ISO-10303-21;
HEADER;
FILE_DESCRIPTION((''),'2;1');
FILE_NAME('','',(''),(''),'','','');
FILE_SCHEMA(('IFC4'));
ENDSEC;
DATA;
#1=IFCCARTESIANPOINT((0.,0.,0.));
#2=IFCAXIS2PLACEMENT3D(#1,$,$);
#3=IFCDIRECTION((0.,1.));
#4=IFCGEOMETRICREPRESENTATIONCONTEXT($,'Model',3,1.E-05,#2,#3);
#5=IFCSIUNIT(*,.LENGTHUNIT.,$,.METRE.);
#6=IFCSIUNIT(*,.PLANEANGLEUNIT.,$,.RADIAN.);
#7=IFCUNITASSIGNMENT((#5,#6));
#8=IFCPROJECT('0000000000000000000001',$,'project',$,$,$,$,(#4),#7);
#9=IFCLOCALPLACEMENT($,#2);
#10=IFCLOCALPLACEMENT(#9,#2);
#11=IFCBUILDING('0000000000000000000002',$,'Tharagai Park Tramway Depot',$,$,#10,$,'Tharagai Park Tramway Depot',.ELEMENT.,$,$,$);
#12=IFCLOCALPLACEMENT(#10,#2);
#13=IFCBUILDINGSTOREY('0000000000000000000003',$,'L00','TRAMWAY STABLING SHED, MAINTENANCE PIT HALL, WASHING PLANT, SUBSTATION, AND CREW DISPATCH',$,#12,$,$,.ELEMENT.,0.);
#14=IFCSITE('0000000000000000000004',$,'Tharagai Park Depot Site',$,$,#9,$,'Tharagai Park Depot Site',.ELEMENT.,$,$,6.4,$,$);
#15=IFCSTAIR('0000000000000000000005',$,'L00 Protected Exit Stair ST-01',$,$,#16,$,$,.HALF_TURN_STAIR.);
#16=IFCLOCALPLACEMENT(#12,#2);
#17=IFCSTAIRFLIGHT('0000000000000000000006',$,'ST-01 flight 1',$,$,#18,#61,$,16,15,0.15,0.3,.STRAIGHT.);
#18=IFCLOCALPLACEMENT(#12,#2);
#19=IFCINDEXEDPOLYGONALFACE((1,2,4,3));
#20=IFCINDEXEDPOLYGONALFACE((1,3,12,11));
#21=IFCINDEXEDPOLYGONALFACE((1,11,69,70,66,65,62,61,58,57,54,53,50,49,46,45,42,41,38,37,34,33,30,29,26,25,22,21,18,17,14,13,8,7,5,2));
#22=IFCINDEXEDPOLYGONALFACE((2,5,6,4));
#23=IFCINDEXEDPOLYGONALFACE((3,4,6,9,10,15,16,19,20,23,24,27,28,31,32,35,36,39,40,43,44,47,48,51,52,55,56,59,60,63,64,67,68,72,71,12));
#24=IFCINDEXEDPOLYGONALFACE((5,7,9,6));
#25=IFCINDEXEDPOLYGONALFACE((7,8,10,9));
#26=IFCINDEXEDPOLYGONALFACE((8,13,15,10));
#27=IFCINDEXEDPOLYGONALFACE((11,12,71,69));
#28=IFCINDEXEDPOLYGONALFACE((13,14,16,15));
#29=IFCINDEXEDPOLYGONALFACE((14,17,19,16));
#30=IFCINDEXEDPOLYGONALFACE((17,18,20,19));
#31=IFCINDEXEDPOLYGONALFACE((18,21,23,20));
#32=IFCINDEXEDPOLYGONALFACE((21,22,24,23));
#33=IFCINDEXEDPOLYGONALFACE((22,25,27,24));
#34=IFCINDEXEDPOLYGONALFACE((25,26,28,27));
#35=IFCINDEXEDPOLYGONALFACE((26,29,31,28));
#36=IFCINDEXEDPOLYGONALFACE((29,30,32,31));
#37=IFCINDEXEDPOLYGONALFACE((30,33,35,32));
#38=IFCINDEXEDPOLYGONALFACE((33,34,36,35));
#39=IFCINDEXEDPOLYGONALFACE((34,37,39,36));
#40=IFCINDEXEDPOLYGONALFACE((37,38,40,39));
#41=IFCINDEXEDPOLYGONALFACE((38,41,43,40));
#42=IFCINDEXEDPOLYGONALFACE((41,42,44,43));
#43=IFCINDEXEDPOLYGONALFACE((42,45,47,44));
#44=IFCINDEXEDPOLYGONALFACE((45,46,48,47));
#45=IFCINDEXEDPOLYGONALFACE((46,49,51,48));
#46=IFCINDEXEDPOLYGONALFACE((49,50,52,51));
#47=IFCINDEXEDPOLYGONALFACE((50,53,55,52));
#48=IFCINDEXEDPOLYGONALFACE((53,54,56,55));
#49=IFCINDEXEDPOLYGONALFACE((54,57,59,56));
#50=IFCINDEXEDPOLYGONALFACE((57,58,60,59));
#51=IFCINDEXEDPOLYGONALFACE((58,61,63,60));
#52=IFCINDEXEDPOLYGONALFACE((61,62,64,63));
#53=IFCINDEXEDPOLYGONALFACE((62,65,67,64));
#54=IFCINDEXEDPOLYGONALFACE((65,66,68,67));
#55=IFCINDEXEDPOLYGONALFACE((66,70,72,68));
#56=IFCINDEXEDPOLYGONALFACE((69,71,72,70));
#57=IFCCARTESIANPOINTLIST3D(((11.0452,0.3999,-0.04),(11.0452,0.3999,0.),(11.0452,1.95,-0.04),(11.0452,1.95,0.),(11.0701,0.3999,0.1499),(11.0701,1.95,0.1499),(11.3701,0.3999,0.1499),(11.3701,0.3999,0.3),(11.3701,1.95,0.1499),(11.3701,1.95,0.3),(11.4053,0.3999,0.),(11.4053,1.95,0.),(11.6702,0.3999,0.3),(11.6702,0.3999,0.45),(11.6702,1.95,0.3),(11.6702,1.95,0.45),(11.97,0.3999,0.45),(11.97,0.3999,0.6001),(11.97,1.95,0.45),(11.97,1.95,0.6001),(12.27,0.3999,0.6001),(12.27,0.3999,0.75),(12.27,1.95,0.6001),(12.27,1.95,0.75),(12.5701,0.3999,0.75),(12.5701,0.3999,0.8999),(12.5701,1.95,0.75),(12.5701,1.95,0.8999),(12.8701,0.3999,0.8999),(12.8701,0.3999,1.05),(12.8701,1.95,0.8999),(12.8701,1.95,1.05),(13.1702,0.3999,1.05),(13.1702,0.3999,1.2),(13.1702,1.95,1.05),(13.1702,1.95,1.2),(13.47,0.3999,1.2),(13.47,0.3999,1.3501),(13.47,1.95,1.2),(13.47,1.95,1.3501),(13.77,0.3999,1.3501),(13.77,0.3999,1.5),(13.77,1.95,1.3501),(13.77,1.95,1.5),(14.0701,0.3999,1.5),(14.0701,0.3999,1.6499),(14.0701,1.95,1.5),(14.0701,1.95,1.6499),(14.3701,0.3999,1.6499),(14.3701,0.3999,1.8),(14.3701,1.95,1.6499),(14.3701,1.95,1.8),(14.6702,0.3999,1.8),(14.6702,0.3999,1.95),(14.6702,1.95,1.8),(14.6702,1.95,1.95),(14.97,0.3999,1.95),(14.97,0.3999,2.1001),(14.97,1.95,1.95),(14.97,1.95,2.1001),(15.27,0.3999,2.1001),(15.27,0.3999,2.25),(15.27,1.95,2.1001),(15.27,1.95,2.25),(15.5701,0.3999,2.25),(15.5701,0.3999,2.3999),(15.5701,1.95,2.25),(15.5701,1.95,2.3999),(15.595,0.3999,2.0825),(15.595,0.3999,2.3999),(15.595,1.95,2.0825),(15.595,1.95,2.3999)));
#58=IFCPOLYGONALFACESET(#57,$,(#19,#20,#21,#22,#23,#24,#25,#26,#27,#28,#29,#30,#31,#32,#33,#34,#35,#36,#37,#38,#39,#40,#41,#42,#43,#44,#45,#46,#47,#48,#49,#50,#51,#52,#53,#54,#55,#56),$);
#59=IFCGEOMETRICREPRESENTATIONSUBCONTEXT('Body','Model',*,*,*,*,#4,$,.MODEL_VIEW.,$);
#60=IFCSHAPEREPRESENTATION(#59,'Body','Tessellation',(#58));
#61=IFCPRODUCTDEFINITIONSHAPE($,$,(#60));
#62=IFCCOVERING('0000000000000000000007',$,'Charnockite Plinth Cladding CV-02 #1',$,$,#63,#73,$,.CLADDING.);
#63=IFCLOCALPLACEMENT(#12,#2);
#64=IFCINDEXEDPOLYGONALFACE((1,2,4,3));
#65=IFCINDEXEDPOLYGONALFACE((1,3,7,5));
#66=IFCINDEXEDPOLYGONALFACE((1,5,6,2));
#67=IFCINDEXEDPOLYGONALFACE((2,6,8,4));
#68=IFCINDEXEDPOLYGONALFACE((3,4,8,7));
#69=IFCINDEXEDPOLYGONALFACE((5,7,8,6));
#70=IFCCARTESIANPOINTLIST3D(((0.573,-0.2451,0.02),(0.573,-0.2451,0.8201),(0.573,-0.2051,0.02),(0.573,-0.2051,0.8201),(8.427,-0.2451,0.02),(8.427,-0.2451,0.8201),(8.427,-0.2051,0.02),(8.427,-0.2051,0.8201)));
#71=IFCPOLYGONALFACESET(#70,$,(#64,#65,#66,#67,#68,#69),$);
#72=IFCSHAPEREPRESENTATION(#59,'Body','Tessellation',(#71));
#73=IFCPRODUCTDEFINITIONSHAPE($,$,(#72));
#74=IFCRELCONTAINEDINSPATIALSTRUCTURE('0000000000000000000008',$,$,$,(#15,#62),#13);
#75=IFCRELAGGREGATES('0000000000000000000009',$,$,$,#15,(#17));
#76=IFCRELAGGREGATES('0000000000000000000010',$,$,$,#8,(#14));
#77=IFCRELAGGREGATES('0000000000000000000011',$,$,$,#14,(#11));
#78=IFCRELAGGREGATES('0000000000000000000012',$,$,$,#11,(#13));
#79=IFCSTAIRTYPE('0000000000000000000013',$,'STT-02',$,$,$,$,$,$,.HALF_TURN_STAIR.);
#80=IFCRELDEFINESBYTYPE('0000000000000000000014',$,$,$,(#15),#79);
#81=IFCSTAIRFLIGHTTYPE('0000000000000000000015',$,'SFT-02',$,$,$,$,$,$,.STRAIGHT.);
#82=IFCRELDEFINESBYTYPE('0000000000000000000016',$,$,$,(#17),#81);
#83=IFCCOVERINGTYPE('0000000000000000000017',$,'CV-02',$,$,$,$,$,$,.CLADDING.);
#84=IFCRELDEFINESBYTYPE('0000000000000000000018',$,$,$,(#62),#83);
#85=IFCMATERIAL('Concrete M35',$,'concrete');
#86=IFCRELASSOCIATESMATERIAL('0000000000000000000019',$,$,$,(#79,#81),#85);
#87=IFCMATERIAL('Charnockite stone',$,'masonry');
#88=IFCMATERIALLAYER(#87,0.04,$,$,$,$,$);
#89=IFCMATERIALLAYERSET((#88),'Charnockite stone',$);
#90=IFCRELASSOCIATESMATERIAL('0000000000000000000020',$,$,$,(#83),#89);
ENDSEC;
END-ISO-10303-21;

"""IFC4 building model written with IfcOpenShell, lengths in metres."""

from ifc_helpers import new_model, si_unit, direction, frame, origin, origin_2d, place, context, subcontext, project, spatial, polyline, rectangle, outline, extrude, material, layer, layer_set, type_object, element, aggregate, save


model = new_model("IFC4")

# Units and contexts
model_context = context("Model", 3, precision=1e-05, world=origin(), true_north=direction((0.0, 1.0)))
body_context = subcontext(model_context, "Body", "Model", "MODEL_VIEW")
ifc_project = project(units=[si_unit("LENGTHUNIT", "METRE"), si_unit("PLANEANGLEUNIT", "RADIAN")], contexts=[model_context])

# Site, building, storey
site_placement = place(None, origin())
site = spatial("IfcSite", under=ifc_project, at=site_placement, Name="Tharagai Park Depot Site", LongName="Tharagai Park Depot Site", CompositionType="ELEMENT", RefElevation=6.4)
building_placement = place(site_placement, origin())
building = spatial("IfcBuilding", under=site, at=building_placement, Name="Tharagai Park Tramway Depot", LongName="Tharagai Park Tramway Depot", CompositionType="ELEMENT")
storey_placement = place(building_placement, origin())
storey = spatial("IfcBuildingStorey", under=building, at=storey_placement, Name="L00", Description="TRAMWAY STABLING SHED, MAINTENANCE PIT HALL, WASHING PLANT, SUBSTATION, AND CREW DISPATCH", CompositionType="ELEMENT", Elevation=0.0)

# Shared definitions
ifc_material_1 = material(Name="Concrete M35", Category="concrete")

# Shared definitions
ifc_material_2 = material(Name="Charnockite stone", Category="masonry")

# Stair, stair flight
stair_type = type_object("IfcStairType", Name="STT-02", PredefinedType="HALF_TURN_STAIR", material=ifc_material_1)
stair_placement = place(storey_placement, origin())
stair = element("IfcStair", 1, at=stair_placement, inside=storey, type_object=stair_type, Name="L00 Protected Exit Stair ST-01", PredefinedType="HALF_TURN_STAIR")
stair_flight_type = type_object("IfcStairFlightType", Name="SFT-02", PredefinedType="STRAIGHT", material=ifc_material_1)
stair_flight_placement = place(storey_placement, frame((11.0701, 1.175, 0.0), z_axis=(0.0, 0.0, 1.0), x_axis=(1.0, 0.0, 0.0)))
stair_flight = element("IfcStairFlight", 2, at=stair_flight_placement, type_object=stair_flight_type, Name="ST-01 flight 1", NumberOfRisers=16, NumberOfTreads=15, PredefinedType="STRAIGHT", RiserHeight=0.15, TreadLength=0.3, context=body_context, shape_type="SweptSolid", body=[
    extrude(outline(polyline([(-0.0249, 0.0), (0.0, 0.1499), (0.3, 0.1499), (0.3, 0.3), (0.6001, 0.3), (0.6001, 0.45), (0.8999, 0.45), (0.8999, 0.6001), (1.2, 0.6001), (1.2, 0.75), (1.5, 0.75), (1.5, 0.8999), (1.8, 0.8999), (1.8, 1.05), (2.1001, 1.05), (2.1001, 1.2), (2.3999, 1.2), (2.3999, 1.3501), (2.7, 1.3501), (2.7, 1.5), (3.0, 1.5), (3.0, 1.6499), (3.3, 1.6499), (3.3, 1.8), (3.6001, 1.8), (3.6001, 1.95), (3.8999, 1.95), (3.8999, 2.1001), (4.2, 2.1001), (4.2, 2.25), (4.5, 2.25), (4.5, 2.3999), (4.5249, 2.3999), (4.5249, 2.0825), (0.3352, 0.0), (-0.0249, -0.04), (-0.0249, 0.0)])), frame((0.0, 0.7749, 0.0), z_axis=(0.0, -1.0, 0.0), x_axis=(1.0, 0.0, 0.0)), (0.0, 0.0, 1.0), 1.55),
])
aggregate(stair, [stair_flight])

# Covering
ifc_layer_1 = layer(ifc_material_2, 0.04)
ifc_layer_set_1 = layer_set([ifc_layer_1], Name="Charnockite stone")
covering_type = type_object("IfcCoveringType", Name="CV-02", PredefinedType="CLADDING", material=ifc_layer_set_1)
covering_placement = place(storey_placement, frame((4.5, -0.2251, 0.02), z_axis=(0.0, 0.0, 1.0), x_axis=(1.0, 0.0, 0.0)))
element("IfcCovering", 3, at=covering_placement, inside=storey, type_object=covering_type, Name="Charnockite Plinth Cladding CV-02 #1", PredefinedType="CLADDING", context=body_context, shape_type="SweptSolid", body=[
    extrude(rectangle(XDim=7.854, YDim=0.04, at=origin_2d()), origin(), (0.0, 0.0, 1.0), 0.8),
])

save(model, "model.ifc")
